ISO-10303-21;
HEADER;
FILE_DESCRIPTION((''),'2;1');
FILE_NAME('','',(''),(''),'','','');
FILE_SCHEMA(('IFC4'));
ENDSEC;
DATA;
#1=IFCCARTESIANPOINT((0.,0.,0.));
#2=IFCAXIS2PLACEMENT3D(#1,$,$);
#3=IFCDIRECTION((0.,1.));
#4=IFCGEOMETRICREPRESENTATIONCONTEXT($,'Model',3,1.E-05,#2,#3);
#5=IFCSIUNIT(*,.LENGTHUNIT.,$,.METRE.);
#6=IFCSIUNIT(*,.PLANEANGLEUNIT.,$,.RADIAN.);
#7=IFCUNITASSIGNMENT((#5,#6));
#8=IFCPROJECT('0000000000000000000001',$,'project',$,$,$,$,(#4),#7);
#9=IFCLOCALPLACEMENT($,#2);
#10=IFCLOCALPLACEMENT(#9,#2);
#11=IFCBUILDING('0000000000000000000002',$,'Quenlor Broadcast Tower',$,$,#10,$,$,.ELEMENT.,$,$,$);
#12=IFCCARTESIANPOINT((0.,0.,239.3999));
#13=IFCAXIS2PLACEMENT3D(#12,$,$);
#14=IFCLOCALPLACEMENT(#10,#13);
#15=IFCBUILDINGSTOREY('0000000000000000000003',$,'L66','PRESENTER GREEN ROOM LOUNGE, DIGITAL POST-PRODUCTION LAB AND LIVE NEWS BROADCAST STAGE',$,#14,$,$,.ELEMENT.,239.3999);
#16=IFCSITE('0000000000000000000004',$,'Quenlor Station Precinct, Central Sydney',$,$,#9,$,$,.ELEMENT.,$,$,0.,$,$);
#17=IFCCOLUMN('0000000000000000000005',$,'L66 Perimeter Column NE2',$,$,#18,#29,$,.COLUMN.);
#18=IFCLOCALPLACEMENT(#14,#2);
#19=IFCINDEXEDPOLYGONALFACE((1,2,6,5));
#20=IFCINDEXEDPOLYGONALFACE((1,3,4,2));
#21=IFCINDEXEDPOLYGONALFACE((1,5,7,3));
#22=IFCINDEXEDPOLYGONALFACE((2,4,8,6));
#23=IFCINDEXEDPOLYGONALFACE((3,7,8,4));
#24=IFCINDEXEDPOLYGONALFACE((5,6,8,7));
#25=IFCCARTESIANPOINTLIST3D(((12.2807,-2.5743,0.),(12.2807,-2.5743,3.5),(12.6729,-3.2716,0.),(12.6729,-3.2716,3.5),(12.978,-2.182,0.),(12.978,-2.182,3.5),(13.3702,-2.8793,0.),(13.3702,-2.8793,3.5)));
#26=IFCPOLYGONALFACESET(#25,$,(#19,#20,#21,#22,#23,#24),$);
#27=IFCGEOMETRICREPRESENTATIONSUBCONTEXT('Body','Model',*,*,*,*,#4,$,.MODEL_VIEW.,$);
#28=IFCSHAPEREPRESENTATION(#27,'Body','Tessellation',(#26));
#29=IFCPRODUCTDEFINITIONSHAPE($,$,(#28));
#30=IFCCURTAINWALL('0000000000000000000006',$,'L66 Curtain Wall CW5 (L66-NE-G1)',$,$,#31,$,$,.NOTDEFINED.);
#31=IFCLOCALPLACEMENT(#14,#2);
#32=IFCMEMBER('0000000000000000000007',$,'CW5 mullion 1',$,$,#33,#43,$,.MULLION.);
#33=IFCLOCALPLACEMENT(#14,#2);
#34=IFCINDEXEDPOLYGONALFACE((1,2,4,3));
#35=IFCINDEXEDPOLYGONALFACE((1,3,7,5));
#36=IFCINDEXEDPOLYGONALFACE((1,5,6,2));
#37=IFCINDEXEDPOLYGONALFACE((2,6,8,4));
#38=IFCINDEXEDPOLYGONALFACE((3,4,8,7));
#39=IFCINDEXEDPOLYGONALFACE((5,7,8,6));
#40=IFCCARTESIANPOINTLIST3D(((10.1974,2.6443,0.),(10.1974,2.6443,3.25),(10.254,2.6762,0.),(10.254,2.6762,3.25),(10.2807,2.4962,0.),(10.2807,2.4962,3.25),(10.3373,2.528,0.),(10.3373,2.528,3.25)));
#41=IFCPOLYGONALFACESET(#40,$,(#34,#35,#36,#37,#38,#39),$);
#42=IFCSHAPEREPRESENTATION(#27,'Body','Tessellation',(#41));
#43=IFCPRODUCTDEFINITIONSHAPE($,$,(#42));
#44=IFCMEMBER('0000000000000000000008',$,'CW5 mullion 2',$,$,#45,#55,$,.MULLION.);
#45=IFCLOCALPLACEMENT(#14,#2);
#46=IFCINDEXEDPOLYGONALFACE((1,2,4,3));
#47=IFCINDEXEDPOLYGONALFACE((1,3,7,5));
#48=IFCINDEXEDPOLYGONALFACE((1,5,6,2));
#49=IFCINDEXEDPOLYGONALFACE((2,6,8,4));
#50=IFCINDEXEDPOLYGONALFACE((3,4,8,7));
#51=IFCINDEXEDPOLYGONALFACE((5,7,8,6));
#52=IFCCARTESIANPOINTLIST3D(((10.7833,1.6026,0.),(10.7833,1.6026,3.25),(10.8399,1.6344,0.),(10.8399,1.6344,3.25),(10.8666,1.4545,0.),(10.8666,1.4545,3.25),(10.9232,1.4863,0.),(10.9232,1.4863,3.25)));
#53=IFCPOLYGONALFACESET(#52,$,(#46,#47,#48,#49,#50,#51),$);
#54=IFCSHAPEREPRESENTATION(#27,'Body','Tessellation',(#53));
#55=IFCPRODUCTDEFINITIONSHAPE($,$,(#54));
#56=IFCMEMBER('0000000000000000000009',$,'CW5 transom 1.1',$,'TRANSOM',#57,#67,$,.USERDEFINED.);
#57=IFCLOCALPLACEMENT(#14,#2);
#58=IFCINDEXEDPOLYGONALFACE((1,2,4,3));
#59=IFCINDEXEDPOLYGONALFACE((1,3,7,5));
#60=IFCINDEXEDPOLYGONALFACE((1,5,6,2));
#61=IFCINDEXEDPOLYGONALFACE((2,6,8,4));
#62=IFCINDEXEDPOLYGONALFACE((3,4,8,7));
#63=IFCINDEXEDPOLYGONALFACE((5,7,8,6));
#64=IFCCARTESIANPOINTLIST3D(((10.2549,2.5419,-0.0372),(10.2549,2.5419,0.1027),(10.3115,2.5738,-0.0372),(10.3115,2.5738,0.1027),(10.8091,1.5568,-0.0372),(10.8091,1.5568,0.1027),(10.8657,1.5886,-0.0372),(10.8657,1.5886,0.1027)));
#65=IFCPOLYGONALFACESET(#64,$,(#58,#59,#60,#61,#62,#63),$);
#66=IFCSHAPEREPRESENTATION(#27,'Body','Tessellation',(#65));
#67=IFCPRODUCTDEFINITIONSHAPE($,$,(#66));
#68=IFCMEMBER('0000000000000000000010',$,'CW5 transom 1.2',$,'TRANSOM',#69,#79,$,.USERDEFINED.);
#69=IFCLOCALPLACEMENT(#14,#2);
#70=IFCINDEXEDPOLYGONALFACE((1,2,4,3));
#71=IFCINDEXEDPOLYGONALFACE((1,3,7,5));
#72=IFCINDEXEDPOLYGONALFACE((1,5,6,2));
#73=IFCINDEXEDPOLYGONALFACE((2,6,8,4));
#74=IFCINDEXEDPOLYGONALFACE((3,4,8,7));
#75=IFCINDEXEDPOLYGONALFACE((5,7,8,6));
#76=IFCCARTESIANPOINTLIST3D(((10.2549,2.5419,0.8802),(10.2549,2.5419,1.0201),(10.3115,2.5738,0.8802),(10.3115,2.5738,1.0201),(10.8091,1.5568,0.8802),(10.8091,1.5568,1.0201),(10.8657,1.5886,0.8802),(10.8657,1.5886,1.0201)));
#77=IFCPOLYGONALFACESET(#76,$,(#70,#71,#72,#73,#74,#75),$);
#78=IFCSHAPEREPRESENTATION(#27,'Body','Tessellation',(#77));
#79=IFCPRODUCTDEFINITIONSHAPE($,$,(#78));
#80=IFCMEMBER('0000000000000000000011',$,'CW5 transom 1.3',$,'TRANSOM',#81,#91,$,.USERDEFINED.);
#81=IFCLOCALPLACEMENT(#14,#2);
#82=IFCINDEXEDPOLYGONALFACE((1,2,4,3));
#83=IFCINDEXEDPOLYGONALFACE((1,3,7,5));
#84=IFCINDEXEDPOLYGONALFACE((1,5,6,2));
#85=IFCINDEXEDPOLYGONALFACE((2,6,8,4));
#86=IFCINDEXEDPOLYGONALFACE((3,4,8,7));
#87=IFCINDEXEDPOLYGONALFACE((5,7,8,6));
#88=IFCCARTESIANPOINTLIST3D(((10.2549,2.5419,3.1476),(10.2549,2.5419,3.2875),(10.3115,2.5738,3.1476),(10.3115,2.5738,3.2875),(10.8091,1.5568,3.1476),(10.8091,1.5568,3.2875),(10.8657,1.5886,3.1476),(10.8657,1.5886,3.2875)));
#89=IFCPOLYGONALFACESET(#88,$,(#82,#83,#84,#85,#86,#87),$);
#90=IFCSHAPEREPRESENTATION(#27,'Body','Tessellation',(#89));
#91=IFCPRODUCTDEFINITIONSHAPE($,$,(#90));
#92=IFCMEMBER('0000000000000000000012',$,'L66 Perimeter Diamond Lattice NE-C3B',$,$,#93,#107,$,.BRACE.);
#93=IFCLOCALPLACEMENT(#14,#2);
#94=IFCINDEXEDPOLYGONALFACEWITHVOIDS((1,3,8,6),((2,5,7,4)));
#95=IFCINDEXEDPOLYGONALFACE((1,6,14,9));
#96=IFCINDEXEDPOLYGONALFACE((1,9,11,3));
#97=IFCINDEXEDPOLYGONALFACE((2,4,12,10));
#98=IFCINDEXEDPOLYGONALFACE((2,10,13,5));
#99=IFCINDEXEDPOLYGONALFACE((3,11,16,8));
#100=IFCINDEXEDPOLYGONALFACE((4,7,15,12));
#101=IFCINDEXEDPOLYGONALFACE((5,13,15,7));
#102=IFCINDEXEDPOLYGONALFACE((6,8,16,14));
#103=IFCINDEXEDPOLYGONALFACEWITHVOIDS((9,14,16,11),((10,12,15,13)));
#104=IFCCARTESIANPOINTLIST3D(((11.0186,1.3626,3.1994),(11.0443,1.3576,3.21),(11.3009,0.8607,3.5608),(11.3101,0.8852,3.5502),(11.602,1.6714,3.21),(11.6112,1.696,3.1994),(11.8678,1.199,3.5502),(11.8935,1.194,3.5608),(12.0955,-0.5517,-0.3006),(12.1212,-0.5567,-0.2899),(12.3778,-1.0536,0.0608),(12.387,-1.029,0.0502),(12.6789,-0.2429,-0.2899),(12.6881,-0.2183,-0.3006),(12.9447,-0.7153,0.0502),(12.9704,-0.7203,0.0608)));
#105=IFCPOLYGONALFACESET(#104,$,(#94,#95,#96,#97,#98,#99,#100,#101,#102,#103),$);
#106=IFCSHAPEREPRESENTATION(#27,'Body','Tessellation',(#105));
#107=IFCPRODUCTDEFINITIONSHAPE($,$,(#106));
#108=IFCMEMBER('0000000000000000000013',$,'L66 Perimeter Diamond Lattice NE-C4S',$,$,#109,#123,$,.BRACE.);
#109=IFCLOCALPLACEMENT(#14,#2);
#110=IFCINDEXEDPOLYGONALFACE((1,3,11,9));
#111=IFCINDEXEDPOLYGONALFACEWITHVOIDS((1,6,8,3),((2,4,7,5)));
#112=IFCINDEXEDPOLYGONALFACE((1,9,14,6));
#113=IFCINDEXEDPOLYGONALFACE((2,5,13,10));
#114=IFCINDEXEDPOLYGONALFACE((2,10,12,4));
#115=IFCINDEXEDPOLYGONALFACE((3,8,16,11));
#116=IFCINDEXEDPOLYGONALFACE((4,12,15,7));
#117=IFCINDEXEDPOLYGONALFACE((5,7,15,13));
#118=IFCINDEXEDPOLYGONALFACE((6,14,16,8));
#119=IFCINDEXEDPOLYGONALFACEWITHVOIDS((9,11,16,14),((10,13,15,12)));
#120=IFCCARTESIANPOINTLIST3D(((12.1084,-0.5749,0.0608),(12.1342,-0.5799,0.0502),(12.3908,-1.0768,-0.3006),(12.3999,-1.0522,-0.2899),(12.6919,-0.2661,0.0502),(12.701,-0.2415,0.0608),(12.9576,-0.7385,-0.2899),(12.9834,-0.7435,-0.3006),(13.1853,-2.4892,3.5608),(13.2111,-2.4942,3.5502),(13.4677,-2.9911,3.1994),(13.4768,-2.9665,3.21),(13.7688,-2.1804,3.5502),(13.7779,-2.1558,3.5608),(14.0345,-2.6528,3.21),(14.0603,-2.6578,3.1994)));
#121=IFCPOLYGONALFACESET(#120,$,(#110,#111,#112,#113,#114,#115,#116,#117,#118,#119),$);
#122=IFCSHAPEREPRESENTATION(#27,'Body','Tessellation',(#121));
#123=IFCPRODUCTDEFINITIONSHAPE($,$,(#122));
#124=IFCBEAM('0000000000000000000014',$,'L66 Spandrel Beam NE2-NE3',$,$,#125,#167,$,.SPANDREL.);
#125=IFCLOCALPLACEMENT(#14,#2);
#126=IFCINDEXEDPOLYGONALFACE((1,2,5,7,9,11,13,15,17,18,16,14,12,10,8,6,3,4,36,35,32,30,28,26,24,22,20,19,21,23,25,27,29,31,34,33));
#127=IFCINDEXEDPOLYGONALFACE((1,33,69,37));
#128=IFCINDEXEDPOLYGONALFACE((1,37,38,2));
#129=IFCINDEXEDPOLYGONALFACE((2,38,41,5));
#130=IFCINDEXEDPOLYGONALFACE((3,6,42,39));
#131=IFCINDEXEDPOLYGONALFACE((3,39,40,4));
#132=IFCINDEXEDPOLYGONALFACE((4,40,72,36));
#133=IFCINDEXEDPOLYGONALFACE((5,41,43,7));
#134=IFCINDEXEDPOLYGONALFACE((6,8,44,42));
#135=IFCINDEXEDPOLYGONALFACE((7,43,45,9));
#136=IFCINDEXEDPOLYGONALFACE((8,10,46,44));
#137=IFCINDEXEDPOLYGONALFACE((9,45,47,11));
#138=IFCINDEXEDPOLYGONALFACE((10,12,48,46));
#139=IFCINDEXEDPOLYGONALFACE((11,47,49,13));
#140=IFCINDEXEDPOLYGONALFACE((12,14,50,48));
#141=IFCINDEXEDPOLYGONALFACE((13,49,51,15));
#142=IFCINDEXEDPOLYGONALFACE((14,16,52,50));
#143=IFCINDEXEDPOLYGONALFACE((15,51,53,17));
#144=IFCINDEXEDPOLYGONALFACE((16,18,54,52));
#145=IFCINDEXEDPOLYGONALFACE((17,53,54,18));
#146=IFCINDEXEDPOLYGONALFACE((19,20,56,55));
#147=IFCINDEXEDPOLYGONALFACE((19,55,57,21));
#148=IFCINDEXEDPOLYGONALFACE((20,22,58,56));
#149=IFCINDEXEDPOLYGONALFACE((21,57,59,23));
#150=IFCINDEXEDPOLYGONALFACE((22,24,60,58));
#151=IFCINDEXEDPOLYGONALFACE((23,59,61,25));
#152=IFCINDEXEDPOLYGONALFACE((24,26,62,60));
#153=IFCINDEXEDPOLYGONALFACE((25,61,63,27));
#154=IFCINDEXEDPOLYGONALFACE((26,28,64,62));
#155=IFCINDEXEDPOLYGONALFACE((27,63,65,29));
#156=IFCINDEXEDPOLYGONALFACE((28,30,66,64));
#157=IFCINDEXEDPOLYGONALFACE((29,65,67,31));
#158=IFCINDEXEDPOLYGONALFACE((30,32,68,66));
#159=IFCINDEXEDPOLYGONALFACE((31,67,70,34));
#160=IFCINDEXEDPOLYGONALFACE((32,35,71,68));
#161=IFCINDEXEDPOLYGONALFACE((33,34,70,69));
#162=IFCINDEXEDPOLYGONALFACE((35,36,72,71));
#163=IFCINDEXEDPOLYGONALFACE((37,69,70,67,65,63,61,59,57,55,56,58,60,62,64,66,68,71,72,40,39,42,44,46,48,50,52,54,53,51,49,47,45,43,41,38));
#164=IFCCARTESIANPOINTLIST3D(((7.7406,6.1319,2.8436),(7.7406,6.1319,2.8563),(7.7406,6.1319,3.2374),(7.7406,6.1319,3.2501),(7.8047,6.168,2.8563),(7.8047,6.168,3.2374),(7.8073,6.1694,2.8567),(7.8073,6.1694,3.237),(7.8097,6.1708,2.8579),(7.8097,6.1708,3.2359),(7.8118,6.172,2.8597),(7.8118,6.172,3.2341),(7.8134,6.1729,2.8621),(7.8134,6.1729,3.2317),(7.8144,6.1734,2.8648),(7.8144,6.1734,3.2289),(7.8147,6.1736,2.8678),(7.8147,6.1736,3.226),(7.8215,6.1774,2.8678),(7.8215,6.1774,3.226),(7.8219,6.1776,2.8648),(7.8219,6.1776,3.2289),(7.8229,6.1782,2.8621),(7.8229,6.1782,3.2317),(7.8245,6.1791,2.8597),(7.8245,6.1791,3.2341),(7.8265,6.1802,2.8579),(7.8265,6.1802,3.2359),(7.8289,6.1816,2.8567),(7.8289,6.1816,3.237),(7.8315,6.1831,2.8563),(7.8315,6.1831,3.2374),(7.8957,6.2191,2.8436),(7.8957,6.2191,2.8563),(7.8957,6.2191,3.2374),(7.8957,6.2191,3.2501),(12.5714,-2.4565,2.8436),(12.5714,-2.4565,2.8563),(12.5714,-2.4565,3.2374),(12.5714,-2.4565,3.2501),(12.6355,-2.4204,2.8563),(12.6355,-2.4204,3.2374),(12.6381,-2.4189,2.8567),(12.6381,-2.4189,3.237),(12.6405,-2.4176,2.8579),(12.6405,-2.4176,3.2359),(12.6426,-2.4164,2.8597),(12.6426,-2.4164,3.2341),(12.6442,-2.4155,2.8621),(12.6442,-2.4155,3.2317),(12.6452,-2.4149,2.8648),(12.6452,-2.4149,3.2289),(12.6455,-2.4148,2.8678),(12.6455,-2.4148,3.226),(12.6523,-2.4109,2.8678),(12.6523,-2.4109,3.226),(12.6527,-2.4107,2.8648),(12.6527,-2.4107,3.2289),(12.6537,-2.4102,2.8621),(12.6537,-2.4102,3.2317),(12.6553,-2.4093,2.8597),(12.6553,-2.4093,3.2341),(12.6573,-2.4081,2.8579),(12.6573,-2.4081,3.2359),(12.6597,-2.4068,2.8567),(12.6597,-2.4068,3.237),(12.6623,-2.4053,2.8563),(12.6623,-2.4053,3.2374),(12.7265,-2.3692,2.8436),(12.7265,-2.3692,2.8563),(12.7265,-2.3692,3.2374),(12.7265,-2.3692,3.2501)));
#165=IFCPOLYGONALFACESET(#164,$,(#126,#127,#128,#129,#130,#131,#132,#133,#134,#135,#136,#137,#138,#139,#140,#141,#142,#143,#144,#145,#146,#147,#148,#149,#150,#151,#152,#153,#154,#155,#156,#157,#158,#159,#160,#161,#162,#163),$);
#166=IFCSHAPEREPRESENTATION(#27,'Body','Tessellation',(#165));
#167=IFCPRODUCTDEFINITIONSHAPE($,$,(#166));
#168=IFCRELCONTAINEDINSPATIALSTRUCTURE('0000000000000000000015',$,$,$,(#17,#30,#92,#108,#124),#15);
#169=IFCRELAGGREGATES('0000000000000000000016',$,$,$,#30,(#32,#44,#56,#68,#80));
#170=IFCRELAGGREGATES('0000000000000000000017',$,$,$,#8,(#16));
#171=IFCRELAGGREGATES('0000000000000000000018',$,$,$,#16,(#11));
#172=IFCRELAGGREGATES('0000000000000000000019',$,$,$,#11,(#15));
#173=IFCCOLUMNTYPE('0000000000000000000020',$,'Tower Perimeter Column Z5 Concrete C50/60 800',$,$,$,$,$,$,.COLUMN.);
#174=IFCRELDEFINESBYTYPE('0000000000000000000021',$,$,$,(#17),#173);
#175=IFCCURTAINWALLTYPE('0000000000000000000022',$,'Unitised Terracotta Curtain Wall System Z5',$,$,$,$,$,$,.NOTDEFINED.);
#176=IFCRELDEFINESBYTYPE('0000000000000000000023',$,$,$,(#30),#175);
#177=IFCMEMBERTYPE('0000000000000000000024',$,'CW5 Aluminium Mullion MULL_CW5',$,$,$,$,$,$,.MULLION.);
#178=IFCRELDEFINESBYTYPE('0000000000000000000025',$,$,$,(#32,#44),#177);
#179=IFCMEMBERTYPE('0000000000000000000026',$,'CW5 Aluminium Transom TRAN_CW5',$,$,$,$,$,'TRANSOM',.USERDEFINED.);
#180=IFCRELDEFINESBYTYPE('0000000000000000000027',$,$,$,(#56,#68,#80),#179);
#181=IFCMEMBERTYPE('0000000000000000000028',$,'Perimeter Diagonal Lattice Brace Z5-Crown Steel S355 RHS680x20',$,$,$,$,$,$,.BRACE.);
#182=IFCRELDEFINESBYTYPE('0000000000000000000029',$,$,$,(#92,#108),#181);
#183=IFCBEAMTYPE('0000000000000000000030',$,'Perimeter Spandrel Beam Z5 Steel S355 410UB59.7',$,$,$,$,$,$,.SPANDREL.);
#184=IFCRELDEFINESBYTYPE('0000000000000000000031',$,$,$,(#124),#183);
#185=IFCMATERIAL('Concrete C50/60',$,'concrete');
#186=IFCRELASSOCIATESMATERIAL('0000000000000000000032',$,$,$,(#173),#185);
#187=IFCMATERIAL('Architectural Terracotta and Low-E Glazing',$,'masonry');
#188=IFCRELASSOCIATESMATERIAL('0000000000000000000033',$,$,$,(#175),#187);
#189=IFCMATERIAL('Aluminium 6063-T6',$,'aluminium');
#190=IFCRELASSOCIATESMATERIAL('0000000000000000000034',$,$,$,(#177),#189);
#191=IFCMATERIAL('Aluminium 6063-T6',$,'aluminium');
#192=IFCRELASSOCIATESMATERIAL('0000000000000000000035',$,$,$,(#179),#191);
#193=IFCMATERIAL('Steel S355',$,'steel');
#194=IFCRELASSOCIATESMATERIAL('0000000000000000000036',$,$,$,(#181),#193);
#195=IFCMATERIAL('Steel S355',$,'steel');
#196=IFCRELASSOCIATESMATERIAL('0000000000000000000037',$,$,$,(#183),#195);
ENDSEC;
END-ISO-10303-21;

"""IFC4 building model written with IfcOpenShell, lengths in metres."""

from ifc_helpers import new_model, si_unit, direction, frame, origin, origin_2d, place, context, subcontext, project, spatial, rectangle, hollow_rectangle, i_section, extrude, material, material_profile, profile_set, type_object, element, aggregate, save


model = new_model("IFC4")

# Units and contexts
model_context = context("Model", 3, precision=1e-05, world=origin(), true_north=direction((0.0, 1.0)))
body_context = subcontext(model_context, "Body", "Model", "MODEL_VIEW")
ifc_project = project(units=[si_unit("LENGTHUNIT", "METRE"), si_unit("PLANEANGLEUNIT", "RADIAN")], contexts=[model_context])

# Site, building, storey
site_placement = place(None, origin())
site = spatial("IfcSite", under=ifc_project, at=site_placement, Name="Quenlor Station Precinct, Central Sydney", CompositionType="ELEMENT", RefElevation=0.0)
building_placement = place(site_placement, origin())
building = spatial("IfcBuilding", under=site, at=building_placement, Name="Quenlor Broadcast Tower", CompositionType="ELEMENT")
storey_placement = place(building_placement, frame((0.0, 0.0, 239.3999)))
storey = spatial("IfcBuildingStorey", under=building, at=storey_placement, Name="L66", Description="PRESENTER GREEN ROOM LOUNGE, DIGITAL POST-PRODUCTION LAB AND LIVE NEWS BROADCAST STAGE", CompositionType="ELEMENT", Elevation=239.3999)

# Column
ifc_material_1 = material(Name="Concrete C50/60", Category="concrete")
ifc_material_profile_1 = material_profile(ifc_material_1, rectangle(XDim=0.8, YDim=0.8, at=origin_2d()))
ifc_profile_set_1 = profile_set([ifc_material_profile_1], Name="Concrete C50/60 RC800x800")
column_type = type_object("IfcColumnType", Name="Tower Perimeter Column Z5 Concrete C50/60 800", PredefinedType="COLUMN", material=ifc_profile_set_1)
column_placement = place(storey_placement, frame((12.8254, -2.7268, 0.0), z_axis=(0.0, 0.0, 1.0), x_axis=(0.871575, 0.490262, 0.0)))
element("IfcColumn", 1, at=column_placement, inside=storey, type_object=column_type, Name="L66 Perimeter Column NE2", PredefinedType="COLUMN", context=body_context, shape_type="SweptSolid", body=[
    extrude(rectangle(XDim=0.8, YDim=0.8, at=origin_2d()), origin(), (0.0, 0.0, 1.0), 3.5),
])

# Curtain wall, members
ifc_material_2 = material(Name="Architectural Terracotta and Low-E Glazing", Category="masonry")
curtain_wall_type = type_object("IfcCurtainWallType", Name="Unitised Terracotta Curtain Wall System Z5", PredefinedType="NOTDEFINED", material=ifc_material_2)
curtain_wall_placement = place(storey_placement, origin())
curtain_wall = element("IfcCurtainWall", 2, at=curtain_wall_placement, inside=storey, type_object=curtain_wall_type, Name="L66 Curtain Wall CW5 (L66-NE-G1)", PredefinedType="NOTDEFINED")
ifc_material_3 = material(Name="Aluminium 6063-T6", Category="aluminium")
ifc_material_profile_2 = material_profile(ifc_material_3, rectangle(XDim=0.0649, YDim=0.1699, at=origin_2d()))
ifc_profile_set_2 = profile_set([ifc_material_profile_2], Name="Aluminium 6063-T6 MULL65x170")
member_type_1 = type_object("IfcMemberType", Name="CW5 Aluminium Mullion MULL_CW5", PredefinedType="MULLION", material=ifc_profile_set_2)
member_1_placement = place(storey_placement, frame((10.2673, 2.5862, 0.0), z_axis=(0.0, 0.0, 1.0), x_axis=(0.871592, 0.490231, 0.0)))
member_1 = element("IfcMember", 3, at=member_1_placement, type_object=member_type_1, Name="CW5 mullion 1", PredefinedType="MULLION", context=body_context, shape_type="SweptSolid", body=[
    extrude(rectangle(XDim=0.0649, YDim=0.1699, at=origin_2d()), origin(), (0.0, 0.0, 1.0), 3.25),
])
member_2_placement = place(storey_placement, frame((10.8533, 1.5444, 0.0), z_axis=(0.0, 0.0, 1.0), x_axis=(0.871592, 0.490231, 0.0)))
member_2 = element("IfcMember", 4, at=member_2_placement, type_object=member_type_1, Name="CW5 mullion 2", PredefinedType="MULLION", context=body_context, shape_type="SweptSolid", body=[
    extrude(rectangle(XDim=0.0649, YDim=0.1699, at=origin_2d()), origin(), (0.0, 0.0, 1.0), 3.25),
])
ifc_material_4 = material(Name="Aluminium 6063-T6", Category="aluminium")
ifc_material_profile_3 = material_profile(ifc_material_4, rectangle(XDim=0.0649, YDim=0.1399, at=origin_2d()))
ifc_profile_set_3 = profile_set([ifc_material_profile_3], Name="Aluminium 6063-T6 TRAN65x140")
member_type_2 = type_object("IfcMemberType", Name="CW5 Aluminium Transom TRAN_CW5", ElementType="TRANSOM", PredefinedType="USERDEFINED", material=ifc_profile_set_3)
member_3_placement = place(storey_placement, frame((10.2832, 2.5579, 0.0327), z_axis=(0.490313, -0.871547, 0.0), x_axis=(0.871547, 0.490313, 0.0)))
member_3 = element("IfcMember", 5, at=member_3_placement, type_object=member_type_2, Name="CW5 transom 1.1", ObjectType="TRANSOM", PredefinedType="USERDEFINED", context=body_context, shape_type="SweptSolid", body=[
    extrude(rectangle(XDim=0.0649, YDim=0.1399, at=origin_2d()), origin(), (0.0, 0.0, 1.0), 1.1304),
])
member_4_placement = place(storey_placement, frame((10.2832, 2.5579, 0.9502), z_axis=(0.490313, -0.871547, 0.0), x_axis=(0.871547, 0.490313, 0.0)))
member_4 = element("IfcMember", 6, at=member_4_placement, type_object=member_type_2, Name="CW5 transom 1.2", ObjectType="TRANSOM", PredefinedType="USERDEFINED", context=body_context, shape_type="SweptSolid", body=[
    extrude(rectangle(XDim=0.0649, YDim=0.1399, at=origin_2d()), origin(), (0.0, 0.0, 1.0), 1.1304),
])
member_5_placement = place(storey_placement, frame((10.2832, 2.5579, 3.2175), z_axis=(0.490313, -0.871547, 0.0), x_axis=(0.871547, 0.490313, 0.0)))
member_5 = element("IfcMember", 7, at=member_5_placement, type_object=member_type_2, Name="CW5 transom 1.3", ObjectType="TRANSOM", PredefinedType="USERDEFINED", context=body_context, shape_type="SweptSolid", body=[
    extrude(rectangle(XDim=0.0649, YDim=0.1399, at=origin_2d()), origin(), (0.0, 0.0, 1.0), 1.1304),
])

# Members
ifc_material_5 = material(Name="Steel S355", Category="steel")
ifc_material_profile_4 = material_profile(ifc_material_5, hollow_rectangle(XDim=0.6799, YDim=0.6799, WallThickness=0.02, at=origin_2d()))
ifc_profile_set_4 = profile_set([ifc_material_profile_4], Name="Steel S355 RHS680x680x20")
member_type_3 = type_object("IfcMemberType", Name="Perimeter Diagonal Lattice Brace Z5-Crown Steel S355 RHS680x20", PredefinedType="BRACE", material=ifc_profile_set_4)
for number, where, z_axis, x_axis, name in (
    (8, (12.533, -0.636, -0.1199), (-0.260619, 0.463276, 0.847026), (-0.871555, -0.490298, 0.0), "L66 Perimeter Diamond Lattice NE-C3B"),
    (9, (12.5459, -0.6592, -0.1199), (0.260619, -0.463276, 0.847026), (0.871555, 0.490298, 0.0), "L66 Perimeter Diamond Lattice NE-C4S"),
):
    element("IfcMember", number, at=place(storey_placement, frame(where, z_axis=z_axis, x_axis=x_axis)), inside=storey, type_object=member_type_3, Name=name, PredefinedType="BRACE", context=body_context, shape_type="SweptSolid", body=[
        extrude(hollow_rectangle(XDim=0.6799, YDim=0.6799, WallThickness=0.02, at=origin_2d()), origin(), (0.0, 0.0, 1.0), 4.1321),
    ])

# Beam
ifc_material_6 = material(Name="Steel S355", Category="steel")
ifc_material_profile_5 = material_profile(ifc_material_6, i_section(OverallWidth=0.178, OverallDepth=0.4065, WebThickness=0.0078, FlangeThickness=0.0127, FilletRadius=0.0115, at=origin_2d()))
ifc_profile_set_5 = profile_set([ifc_material_profile_5], Name="Steel S355 410UB59.7")
beam_type_1 = type_object("IfcBeamType", Name="Perimeter Spandrel Beam Z5 Steel S355 410UB59.7", PredefinedType="SPANDREL", material=ifc_profile_set_5)
beam_1_placement = place(storey_placement, frame((12.6489, -2.4128, 3.0469), z_axis=(-0.490249, 0.871582, 0.0), x_axis=(-0.871582, -0.490249, 0.0)))
element("IfcBeam", 10, at=beam_1_placement, inside=storey, type_object=beam_type_1, Name="L66 Spandrel Beam NE2-NE3", PredefinedType="SPANDREL", context=body_context, shape_type="SweptSolid", body=[
    extrude(i_section(OverallWidth=0.178, OverallDepth=0.4065, WebThickness=0.0078, FlangeThickness=0.0127, FilletRadius=0.0115, at=origin_2d()), origin(), (0.0, 0.0, 1.0), 9.8538),
])

aggregate(curtain_wall, [member_1, member_2, member_3, member_4, member_5])

save(model, "model.ifc")
